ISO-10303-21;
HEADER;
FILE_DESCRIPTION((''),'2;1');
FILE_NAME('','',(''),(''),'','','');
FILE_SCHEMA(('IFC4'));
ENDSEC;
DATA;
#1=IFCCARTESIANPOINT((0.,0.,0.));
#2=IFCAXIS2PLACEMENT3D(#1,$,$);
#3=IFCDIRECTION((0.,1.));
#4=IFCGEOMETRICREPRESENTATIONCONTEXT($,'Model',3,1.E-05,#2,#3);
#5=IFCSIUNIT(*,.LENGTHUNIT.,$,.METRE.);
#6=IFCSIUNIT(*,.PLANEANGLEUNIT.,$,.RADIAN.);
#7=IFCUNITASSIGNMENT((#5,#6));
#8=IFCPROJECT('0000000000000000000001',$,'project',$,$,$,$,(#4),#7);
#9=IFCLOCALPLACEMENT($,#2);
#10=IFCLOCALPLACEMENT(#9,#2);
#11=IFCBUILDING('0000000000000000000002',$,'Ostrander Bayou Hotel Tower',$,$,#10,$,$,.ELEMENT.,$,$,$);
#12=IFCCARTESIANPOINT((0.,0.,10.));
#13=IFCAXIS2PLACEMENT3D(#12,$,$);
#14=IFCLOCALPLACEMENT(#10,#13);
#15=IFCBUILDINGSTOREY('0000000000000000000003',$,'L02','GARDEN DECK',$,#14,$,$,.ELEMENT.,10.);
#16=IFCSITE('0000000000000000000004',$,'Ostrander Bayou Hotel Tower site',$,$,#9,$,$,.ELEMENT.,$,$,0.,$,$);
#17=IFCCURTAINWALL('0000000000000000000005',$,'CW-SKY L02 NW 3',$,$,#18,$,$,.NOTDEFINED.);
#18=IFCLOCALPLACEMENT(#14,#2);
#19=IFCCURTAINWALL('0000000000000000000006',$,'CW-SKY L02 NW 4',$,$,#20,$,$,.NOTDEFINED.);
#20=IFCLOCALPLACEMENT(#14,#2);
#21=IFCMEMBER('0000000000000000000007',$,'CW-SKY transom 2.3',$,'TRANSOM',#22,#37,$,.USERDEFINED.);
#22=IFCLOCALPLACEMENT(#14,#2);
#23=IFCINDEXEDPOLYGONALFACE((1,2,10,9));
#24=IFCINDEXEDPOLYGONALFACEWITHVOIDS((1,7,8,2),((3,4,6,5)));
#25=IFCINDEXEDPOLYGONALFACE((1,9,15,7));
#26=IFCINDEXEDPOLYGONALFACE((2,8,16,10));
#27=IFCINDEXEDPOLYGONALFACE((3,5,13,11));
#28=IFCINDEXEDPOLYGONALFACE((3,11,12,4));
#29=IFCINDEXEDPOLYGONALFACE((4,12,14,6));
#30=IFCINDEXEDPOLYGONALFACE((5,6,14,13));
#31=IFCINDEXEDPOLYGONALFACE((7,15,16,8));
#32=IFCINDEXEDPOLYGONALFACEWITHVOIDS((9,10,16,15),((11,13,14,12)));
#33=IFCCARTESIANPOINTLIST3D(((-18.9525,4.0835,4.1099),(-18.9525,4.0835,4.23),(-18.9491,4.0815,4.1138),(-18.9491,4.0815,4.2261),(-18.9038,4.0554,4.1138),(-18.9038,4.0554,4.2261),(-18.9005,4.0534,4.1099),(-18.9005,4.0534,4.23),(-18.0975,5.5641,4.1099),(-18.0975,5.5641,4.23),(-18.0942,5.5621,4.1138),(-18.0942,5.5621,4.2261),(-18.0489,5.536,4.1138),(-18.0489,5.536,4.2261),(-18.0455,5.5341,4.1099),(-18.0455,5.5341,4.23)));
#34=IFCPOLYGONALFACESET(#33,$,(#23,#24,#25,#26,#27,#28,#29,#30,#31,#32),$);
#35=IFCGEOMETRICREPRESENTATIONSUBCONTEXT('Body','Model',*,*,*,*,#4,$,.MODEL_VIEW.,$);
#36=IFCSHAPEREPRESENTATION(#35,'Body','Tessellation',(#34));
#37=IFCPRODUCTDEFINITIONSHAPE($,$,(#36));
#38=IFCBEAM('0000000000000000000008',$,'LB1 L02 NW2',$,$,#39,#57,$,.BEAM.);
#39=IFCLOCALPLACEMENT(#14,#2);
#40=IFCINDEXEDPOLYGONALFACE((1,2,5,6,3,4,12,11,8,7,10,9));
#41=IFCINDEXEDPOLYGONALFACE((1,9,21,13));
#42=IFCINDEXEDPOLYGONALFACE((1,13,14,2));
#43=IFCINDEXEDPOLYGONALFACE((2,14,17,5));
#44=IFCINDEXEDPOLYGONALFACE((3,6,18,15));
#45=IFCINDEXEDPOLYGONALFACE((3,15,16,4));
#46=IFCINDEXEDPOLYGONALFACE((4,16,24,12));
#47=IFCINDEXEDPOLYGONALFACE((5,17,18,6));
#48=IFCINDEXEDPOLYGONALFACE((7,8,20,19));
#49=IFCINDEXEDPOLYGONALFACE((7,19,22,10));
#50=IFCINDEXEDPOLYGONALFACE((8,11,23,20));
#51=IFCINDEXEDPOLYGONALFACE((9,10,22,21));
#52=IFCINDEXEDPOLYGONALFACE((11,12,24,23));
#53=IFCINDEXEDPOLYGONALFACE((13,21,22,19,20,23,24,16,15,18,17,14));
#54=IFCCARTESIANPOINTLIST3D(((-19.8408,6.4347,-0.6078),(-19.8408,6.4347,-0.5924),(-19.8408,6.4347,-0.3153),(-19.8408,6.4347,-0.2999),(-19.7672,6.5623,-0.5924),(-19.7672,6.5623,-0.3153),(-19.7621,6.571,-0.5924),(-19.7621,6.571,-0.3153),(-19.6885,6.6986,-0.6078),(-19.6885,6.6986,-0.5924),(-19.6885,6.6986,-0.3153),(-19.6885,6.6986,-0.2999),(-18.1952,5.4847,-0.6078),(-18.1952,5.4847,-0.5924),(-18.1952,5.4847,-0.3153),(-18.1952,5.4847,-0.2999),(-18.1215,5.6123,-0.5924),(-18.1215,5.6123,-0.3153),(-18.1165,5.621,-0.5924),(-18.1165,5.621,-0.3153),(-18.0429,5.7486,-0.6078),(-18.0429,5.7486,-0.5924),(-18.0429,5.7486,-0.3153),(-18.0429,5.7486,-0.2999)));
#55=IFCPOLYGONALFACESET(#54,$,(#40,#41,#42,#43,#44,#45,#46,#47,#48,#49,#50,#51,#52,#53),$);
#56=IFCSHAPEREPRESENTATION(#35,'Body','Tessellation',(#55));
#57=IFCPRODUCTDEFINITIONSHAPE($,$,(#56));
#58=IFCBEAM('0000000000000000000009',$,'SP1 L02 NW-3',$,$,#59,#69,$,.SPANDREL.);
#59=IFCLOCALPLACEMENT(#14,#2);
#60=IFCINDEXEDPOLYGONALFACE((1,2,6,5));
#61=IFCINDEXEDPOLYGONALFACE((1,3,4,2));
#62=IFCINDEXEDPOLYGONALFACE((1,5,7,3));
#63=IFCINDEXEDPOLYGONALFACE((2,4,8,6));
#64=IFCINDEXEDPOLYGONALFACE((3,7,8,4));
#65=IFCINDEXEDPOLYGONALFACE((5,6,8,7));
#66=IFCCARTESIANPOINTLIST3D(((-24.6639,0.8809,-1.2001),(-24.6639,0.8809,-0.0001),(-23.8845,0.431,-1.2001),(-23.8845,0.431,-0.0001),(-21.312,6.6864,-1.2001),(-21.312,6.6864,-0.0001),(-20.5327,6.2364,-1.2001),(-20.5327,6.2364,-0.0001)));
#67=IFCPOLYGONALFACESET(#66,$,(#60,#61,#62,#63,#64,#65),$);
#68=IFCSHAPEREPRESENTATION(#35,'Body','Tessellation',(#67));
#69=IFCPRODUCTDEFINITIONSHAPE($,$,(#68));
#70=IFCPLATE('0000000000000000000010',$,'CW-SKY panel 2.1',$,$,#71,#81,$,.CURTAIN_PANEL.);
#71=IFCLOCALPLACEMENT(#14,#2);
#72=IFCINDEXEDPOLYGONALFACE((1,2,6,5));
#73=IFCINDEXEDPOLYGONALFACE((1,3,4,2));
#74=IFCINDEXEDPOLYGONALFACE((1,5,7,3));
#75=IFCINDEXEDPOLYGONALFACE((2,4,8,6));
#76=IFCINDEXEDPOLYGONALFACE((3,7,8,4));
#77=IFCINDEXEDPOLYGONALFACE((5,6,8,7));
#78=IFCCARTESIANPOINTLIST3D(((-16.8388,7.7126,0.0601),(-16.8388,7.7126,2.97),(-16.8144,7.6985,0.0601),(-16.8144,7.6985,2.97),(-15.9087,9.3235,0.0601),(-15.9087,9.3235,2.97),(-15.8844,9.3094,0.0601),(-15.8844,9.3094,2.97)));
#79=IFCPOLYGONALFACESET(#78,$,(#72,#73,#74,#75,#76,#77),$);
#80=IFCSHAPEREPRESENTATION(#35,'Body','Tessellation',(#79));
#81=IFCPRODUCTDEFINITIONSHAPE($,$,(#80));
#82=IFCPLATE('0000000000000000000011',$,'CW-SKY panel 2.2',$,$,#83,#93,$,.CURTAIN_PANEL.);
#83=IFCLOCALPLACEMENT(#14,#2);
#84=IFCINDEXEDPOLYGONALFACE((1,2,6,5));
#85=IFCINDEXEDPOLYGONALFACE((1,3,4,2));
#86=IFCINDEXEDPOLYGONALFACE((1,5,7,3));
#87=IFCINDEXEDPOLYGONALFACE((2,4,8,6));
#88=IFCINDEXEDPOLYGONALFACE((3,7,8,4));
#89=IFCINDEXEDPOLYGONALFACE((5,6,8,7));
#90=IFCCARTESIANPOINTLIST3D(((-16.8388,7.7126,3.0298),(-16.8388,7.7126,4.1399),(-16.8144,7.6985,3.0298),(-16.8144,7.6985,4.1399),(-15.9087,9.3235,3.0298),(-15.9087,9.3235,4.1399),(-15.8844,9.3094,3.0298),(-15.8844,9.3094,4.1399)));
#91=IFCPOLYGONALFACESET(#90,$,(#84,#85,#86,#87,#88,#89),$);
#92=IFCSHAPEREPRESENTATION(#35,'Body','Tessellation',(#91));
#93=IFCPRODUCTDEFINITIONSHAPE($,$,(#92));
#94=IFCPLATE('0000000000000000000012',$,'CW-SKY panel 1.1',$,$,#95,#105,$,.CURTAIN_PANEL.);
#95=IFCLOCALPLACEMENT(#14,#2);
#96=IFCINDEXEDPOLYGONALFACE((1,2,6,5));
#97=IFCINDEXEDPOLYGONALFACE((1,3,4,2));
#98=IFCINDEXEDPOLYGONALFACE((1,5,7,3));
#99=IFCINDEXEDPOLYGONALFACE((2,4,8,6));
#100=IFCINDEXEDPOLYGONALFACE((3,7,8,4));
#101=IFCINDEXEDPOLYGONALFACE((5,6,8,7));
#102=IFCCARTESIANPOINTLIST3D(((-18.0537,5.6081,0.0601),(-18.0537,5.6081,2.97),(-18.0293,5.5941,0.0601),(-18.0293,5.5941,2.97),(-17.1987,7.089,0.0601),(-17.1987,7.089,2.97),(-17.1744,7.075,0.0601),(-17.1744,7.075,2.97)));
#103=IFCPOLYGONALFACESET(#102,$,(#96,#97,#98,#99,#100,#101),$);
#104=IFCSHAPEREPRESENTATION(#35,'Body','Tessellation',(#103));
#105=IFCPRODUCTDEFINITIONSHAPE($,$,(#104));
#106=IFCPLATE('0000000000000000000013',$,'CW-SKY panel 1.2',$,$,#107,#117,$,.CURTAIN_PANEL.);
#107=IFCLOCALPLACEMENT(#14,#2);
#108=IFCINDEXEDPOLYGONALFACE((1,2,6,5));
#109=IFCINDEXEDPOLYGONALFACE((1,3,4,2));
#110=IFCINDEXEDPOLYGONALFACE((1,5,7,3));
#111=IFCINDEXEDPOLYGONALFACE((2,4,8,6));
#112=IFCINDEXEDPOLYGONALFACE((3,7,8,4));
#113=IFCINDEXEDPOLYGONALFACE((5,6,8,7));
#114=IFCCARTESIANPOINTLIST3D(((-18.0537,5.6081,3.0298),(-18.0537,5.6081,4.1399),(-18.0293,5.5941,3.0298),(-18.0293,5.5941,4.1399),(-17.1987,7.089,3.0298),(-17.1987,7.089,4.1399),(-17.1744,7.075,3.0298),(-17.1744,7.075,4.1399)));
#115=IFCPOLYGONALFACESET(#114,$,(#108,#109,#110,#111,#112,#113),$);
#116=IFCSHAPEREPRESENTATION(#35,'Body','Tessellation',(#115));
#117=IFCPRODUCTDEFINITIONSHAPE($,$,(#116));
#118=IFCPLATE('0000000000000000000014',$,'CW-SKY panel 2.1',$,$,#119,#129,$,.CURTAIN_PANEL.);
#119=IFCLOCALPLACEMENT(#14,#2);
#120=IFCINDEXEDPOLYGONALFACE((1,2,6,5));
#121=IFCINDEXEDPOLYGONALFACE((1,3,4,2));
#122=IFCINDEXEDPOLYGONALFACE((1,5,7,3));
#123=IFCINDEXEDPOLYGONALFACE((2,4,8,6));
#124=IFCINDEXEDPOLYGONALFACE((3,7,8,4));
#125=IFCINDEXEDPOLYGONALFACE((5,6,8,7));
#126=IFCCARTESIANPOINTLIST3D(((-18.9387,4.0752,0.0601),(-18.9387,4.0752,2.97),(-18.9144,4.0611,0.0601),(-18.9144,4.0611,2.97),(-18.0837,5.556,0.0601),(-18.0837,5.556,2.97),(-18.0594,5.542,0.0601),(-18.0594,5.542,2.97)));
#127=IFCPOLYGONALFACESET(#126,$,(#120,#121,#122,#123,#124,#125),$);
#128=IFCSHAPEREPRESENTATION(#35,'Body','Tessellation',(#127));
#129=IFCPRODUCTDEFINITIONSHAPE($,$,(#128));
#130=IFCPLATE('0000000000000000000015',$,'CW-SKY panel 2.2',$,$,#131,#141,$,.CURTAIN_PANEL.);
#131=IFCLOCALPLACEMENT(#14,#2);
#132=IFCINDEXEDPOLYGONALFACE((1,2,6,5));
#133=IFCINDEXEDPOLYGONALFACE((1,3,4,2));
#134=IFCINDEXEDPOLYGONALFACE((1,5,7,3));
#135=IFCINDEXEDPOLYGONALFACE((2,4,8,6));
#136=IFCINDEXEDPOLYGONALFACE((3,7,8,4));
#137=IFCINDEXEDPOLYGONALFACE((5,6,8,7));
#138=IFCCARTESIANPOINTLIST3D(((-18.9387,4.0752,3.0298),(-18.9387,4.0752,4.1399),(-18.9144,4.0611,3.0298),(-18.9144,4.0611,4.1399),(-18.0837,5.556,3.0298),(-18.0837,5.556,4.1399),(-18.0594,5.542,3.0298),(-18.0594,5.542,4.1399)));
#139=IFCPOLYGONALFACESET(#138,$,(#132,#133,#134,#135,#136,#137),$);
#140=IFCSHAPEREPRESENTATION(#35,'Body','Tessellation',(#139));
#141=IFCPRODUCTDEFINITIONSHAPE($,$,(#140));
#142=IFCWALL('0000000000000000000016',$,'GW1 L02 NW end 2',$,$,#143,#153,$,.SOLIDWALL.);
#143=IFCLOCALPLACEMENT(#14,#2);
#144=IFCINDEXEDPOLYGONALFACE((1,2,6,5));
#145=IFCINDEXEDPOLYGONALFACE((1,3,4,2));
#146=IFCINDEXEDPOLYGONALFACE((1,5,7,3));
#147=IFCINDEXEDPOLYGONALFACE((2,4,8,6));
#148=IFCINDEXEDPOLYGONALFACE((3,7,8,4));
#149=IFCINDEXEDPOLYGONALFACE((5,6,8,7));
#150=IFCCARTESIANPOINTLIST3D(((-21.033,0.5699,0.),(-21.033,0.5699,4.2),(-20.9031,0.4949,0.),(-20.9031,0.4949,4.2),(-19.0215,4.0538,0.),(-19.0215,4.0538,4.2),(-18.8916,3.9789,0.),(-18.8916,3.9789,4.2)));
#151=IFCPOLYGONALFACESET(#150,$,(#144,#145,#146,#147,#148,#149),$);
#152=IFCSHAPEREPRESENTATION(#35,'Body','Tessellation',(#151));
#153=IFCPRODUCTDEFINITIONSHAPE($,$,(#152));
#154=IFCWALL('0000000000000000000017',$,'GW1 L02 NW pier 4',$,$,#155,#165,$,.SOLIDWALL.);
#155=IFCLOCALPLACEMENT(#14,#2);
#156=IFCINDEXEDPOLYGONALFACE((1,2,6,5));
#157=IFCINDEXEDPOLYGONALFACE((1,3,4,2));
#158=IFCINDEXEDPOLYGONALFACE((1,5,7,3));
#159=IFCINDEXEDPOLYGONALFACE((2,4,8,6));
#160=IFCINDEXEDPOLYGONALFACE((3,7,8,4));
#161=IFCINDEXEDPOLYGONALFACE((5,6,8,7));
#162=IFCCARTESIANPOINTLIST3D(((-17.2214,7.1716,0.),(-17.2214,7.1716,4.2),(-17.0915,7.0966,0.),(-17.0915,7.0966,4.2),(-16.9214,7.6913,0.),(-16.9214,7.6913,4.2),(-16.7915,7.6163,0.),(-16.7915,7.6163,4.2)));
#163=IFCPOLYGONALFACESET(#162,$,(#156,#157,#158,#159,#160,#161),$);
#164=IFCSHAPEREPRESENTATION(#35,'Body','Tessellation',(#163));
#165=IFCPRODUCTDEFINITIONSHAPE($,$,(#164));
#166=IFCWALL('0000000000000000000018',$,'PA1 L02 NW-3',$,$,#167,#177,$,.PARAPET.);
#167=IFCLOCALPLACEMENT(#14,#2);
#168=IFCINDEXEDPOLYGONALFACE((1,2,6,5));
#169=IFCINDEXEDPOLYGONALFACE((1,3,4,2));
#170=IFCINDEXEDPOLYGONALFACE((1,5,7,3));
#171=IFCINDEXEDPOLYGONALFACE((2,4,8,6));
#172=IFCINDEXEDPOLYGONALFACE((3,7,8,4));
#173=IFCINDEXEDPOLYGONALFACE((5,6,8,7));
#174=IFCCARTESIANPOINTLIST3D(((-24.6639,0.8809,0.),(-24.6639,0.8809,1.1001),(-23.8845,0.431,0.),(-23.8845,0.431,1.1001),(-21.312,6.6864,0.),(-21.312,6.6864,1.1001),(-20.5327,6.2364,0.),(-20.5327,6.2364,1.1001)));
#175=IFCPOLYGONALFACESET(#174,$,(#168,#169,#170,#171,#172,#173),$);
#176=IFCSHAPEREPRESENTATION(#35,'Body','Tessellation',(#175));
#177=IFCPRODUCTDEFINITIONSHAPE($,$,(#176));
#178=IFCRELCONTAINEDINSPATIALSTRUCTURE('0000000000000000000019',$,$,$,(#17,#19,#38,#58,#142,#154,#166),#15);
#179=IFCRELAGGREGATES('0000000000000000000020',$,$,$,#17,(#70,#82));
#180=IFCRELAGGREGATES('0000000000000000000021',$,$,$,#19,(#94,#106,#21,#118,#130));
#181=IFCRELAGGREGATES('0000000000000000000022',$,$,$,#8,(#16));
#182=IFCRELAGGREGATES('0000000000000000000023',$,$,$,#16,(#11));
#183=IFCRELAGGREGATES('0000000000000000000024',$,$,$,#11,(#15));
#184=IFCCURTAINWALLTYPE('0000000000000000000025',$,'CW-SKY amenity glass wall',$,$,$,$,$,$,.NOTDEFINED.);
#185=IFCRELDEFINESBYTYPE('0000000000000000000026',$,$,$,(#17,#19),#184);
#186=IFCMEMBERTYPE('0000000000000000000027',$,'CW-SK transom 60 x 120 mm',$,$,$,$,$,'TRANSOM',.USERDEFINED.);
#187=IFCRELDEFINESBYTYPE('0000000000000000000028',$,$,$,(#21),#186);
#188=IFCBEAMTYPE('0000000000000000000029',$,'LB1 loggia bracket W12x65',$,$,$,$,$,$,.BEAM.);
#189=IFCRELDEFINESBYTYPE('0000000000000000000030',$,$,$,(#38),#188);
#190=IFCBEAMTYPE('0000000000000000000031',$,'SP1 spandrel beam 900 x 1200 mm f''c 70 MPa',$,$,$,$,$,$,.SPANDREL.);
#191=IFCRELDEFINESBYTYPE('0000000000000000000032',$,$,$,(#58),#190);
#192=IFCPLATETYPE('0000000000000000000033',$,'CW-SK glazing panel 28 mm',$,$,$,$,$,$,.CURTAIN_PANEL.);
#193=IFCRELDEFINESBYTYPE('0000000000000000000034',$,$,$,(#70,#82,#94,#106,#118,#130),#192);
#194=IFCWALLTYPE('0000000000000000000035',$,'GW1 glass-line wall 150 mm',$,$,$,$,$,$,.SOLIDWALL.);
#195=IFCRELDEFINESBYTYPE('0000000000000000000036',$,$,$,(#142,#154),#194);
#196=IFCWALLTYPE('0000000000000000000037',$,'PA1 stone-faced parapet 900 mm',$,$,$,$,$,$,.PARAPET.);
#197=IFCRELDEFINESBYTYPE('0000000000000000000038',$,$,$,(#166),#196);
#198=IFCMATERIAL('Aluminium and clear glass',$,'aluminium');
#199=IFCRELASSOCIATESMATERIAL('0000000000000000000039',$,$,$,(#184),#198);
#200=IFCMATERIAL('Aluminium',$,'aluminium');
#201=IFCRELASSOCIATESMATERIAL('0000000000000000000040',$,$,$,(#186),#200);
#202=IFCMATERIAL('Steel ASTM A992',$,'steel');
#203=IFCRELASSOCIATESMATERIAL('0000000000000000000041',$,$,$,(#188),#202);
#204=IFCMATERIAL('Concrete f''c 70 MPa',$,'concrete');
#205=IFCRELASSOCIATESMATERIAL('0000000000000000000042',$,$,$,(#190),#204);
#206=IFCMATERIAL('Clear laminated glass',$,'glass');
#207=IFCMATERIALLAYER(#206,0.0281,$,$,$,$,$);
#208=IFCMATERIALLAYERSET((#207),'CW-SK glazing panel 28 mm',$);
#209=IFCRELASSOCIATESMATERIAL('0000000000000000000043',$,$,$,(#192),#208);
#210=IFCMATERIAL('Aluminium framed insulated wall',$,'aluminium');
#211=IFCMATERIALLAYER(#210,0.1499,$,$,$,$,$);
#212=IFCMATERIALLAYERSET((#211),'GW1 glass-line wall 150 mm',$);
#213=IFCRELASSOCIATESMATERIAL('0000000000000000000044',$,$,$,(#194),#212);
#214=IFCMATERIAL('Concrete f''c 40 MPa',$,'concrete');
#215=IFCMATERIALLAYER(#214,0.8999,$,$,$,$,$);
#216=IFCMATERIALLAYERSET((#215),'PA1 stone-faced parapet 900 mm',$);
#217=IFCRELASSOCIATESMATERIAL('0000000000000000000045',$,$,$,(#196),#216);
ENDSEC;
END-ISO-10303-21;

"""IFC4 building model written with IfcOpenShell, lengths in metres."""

from ifc_helpers import new_model, si_unit, direction, frame, frame_2d, origin, origin_2d, place, context, subcontext, project, spatial, rectangle, hollow_rectangle, i_section, extrude, material, layer, layer_set, material_profile, profile_set, type_object, element, aggregate, save


model = new_model("IFC4")

# Units and contexts
model_context = context("Model", 3, precision=1e-05, world=origin(), true_north=direction((0.0, 1.0)))
body_context = subcontext(model_context, "Body", "Model", "MODEL_VIEW")
ifc_project = project(units=[si_unit("LENGTHUNIT", "METRE"), si_unit("PLANEANGLEUNIT", "RADIAN")], contexts=[model_context])

# Site, building, storey
site_placement = place(None, origin())
site = spatial("IfcSite", under=ifc_project, at=site_placement, Name="Ostrander Bayou Hotel Tower site", CompositionType="ELEMENT", RefElevation=0.0)
building_placement = place(site_placement, origin())
building = spatial("IfcBuilding", under=site, at=building_placement, Name="Ostrander Bayou Hotel Tower", CompositionType="ELEMENT")
storey_placement = place(building_placement, frame((0.0, 0.0, 10.0)))
storey = spatial("IfcBuildingStorey", under=building, at=storey_placement, Name="L02", Description="GARDEN DECK", CompositionType="ELEMENT", Elevation=10.0)

# Curtain wall
ifc_material_1 = material(Name="Aluminium and clear glass", Category="aluminium")
curtain_wall_type = type_object("IfcCurtainWallType", Name="CW-SKY amenity glass wall", PredefinedType="NOTDEFINED", material=ifc_material_1)
curtain_wall_1_placement = place(storey_placement, origin())
curtain_wall_1 = element("IfcCurtainWall", 1, at=curtain_wall_1_placement, inside=storey, type_object=curtain_wall_type, Name="CW-SKY L02 NW 3", PredefinedType="NOTDEFINED")

# Curtain wall
curtain_wall_2_placement = place(storey_placement, origin())
curtain_wall_2 = element("IfcCurtainWall", 2, at=curtain_wall_2_placement, inside=storey, type_object=curtain_wall_type, Name="CW-SKY L02 NW 4", PredefinedType="NOTDEFINED")

# Member
ifc_material_2 = material(Name="Aluminium", Category="aluminium")
ifc_material_profile_1 = material_profile(ifc_material_2, hollow_rectangle(XDim=0.0601, YDim=0.1201, WallThickness=0.0039, at=origin_2d()))
ifc_profile_set_1 = profile_set([ifc_material_profile_1], Name="Aluminium")
member_type_1 = type_object("IfcMemberType", Name="CW-SK transom 60 x 120 mm", ElementType="TRANSOM", PredefinedType="USERDEFINED", material=ifc_profile_set_1)
member_1_placement = place(storey_placement, frame((-18.0715, 5.5491, 4.1699), z_axis=(-0.50004, -0.866002, 0.0), x_axis=(0.866002, -0.50004, 0.0)))
member_1 = element("IfcMember", 3, at=member_1_placement, type_object=member_type_1, Name="CW-SKY transom 2.3", ObjectType="TRANSOM", PredefinedType="USERDEFINED", context=body_context, shape_type="SweptSolid", body=[
    extrude(hollow_rectangle(XDim=0.0601, YDim=0.1201, WallThickness=0.0039, at=origin_2d()), origin(), (0.0, 0.0, 1.0), 1.7097),
])

# Beams
ifc_material_3 = material(Name="Steel ASTM A992", Category="steel")
ifc_material_profile_2 = material_profile(ifc_material_3, i_section(OverallWidth=0.3047, OverallDepth=0.3079, WebThickness=0.01, FlangeThickness=0.0154, at=origin_2d()))
ifc_profile_set_2 = profile_set([ifc_material_profile_2], Name="Steel ASTM A992")
beam_type_1 = type_object("IfcBeamType", Name="LB1 loggia bracket W12x65", PredefinedType="BEAM", material=ifc_profile_set_2)
beam_1_placement = place(storey_placement, frame((-19.7646, 6.5667, -0.4539), z_axis=(0.866044, -0.499967, 0.0), x_axis=(0.499967, 0.866044, 0.0)))
element("IfcBeam", 4, at=beam_1_placement, inside=storey, type_object=beam_type_1, Name="LB1 L02 NW2", PredefinedType="BEAM", context=body_context, shape_type="SweptSolid", body=[
    extrude(i_section(OverallWidth=0.3047, OverallDepth=0.3079, WebThickness=0.01, FlangeThickness=0.0154, at=origin_2d()), origin(), (0.0, 0.0, 1.0), 1.9001),
])
ifc_material_4 = material(Name="Concrete f'c 70 MPa", Category="concrete")
ifc_material_profile_3 = material_profile(ifc_material_4, rectangle(XDim=0.8999, YDim=1.2, at=origin_2d()))
ifc_profile_set_3 = profile_set([ifc_material_profile_3], Name="Concrete f'c 70 MPa")
beam_type_2 = type_object("IfcBeamType", Name="SP1 spandrel beam 900 x 1200 mm f'c 70 MPa", PredefinedType="SPANDREL", material=ifc_profile_set_3)
beam_2_placement = place(storey_placement, frame((-20.9224, 6.4614, -0.6001), z_axis=(-0.500005, -0.866022, 0.0), x_axis=(0.866022, -0.500005, 0.0)))
element("IfcBeam", 5, at=beam_2_placement, inside=storey, type_object=beam_type_2, Name="SP1 L02 NW-3", PredefinedType="SPANDREL", context=body_context, shape_type="SweptSolid", body=[
    extrude(rectangle(XDim=0.8999, YDim=1.2, at=origin_2d()), origin(), (0.0, 0.0, 1.0), 6.7036),
])

# Plates
ifc_material_5 = material(Name="Clear laminated glass", Category="glass")
ifc_layer_1 = layer(ifc_material_5, 0.0281)
ifc_layer_set_1 = layer_set([ifc_layer_1], Name="CW-SK glazing panel 28 mm")
plate_type = type_object("IfcPlateType", Name="CW-SK glazing panel 28 mm", PredefinedType="CURTAIN_PANEL", material=ifc_layer_set_1)
plate_1_placement = place(storey_placement, frame((-16.3616, 8.511, 0.0601), z_axis=(0.0, 0.0, 1.0), x_axis=(-0.5, -0.866025, 0.0)))
plate_1 = element("IfcPlate", 6, at=plate_1_placement, type_object=plate_type, Name="CW-SKY panel 2.1", PredefinedType="CURTAIN_PANEL", context=body_context, shape_type="SweptSolid", body=[
    extrude(rectangle(XDim=1.8601, YDim=0.0281, at=origin_2d()), origin(), (0.0, 0.0, 1.0), 2.9099),
])
plate_2_placement = place(storey_placement, frame((-16.3616, 8.511, 3.0298), z_axis=(0.0, 0.0, 1.0), x_axis=(-0.5, -0.866025, 0.0)))
plate_2 = element("IfcPlate", 7, at=plate_2_placement, type_object=plate_type, Name="CW-SKY panel 2.2", PredefinedType="CURTAIN_PANEL", context=body_context, shape_type="SweptSolid", body=[
    extrude(rectangle(XDim=1.8601, YDim=0.0281, at=origin_2d()), origin(), (0.0, 0.0, 1.0), 1.1101),
])
aggregate(curtain_wall_1, [plate_1, plate_2])
plate_3_placement = place(storey_placement, frame((-17.614, 6.3416, 0.0601), z_axis=(0.0, 0.0, 1.0), x_axis=(-0.499999, -0.866026, 0.0)))
plate_3 = element("IfcPlate", 8, at=plate_3_placement, type_object=plate_type, Name="CW-SKY panel 1.1", PredefinedType="CURTAIN_PANEL", context=body_context, shape_type="SweptSolid", body=[
    extrude(rectangle(XDim=1.71, YDim=0.0281, at=origin_2d()), origin(), (0.0, 0.0, 1.0), 2.9099),
])
plate_4_placement = place(storey_placement, frame((-17.614, 6.3416, 3.0298), z_axis=(0.0, 0.0, 1.0), x_axis=(-0.499999, -0.866026, 0.0)))
plate_4 = element("IfcPlate", 9, at=plate_4_placement, type_object=plate_type, Name="CW-SKY panel 1.2", PredefinedType="CURTAIN_PANEL", context=body_context, shape_type="SweptSolid", body=[
    extrude(rectangle(XDim=1.71, YDim=0.0281, at=origin_2d()), origin(), (0.0, 0.0, 1.0), 1.1101),
])
plate_5_placement = place(storey_placement, frame((-18.499, 4.8086, 0.0601), z_axis=(0.0, 0.0, 1.0), x_axis=(-0.499999, -0.866026, 0.0)))
plate_5 = element("IfcPlate", 10, at=plate_5_placement, type_object=plate_type, Name="CW-SKY panel 2.1", PredefinedType="CURTAIN_PANEL", context=body_context, shape_type="SweptSolid", body=[
    extrude(rectangle(XDim=1.71, YDim=0.0281, at=origin_2d()), origin(), (0.0, 0.0, 1.0), 2.9099),
])
plate_6_placement = place(storey_placement, frame((-18.499, 4.8086, 3.0298), z_axis=(0.0, 0.0, 1.0), x_axis=(-0.499999, -0.866026, 0.0)))
plate_6 = element("IfcPlate", 11, at=plate_6_placement, type_object=plate_type, Name="CW-SKY panel 2.2", PredefinedType="CURTAIN_PANEL", context=body_context, shape_type="SweptSolid", body=[
    extrude(rectangle(XDim=1.71, YDim=0.0281, at=origin_2d()), origin(), (0.0, 0.0, 1.0), 1.1101),
])
aggregate(curtain_wall_2, [plate_3, plate_4, member_1, plate_5, plate_6])

# Walls
ifc_material_6 = material(Name="Aluminium framed insulated wall", Category="aluminium")
ifc_layer_2 = layer(ifc_material_6, 0.1499)
ifc_layer_set_2 = layer_set([ifc_layer_2], Name="GW1 glass-line wall 150 mm")
wall_type_1 = type_object("IfcWallType", Name="GW1 glass-line wall 150 mm", PredefinedType="SOLIDWALL", material=ifc_layer_set_2)
wall_1_placement = place(storey_placement, frame((-18.9565, 4.0164, 0.0), z_axis=(0.0, 0.0, 1.0), x_axis=(-0.50001, -0.86602, 0.0)))
element("IfcWall", 12, at=wall_1_placement, inside=storey, type_object=wall_type_1, Name="GW1 L02 NW end 2", PredefinedType="SOLIDWALL", context=body_context, shape_type="SweptSolid", body=[
    extrude(rectangle(XDim=4.0229, YDim=0.1499, at=frame_2d((2.0115, 0.0))), origin(), (0.0, 0.0, 1.0), 4.2),
])
wall_2_placement = place(storey_placement, frame((-16.8564, 7.6538, 0.0), z_axis=(0.0, 0.0, 1.0), x_axis=(-0.499945, -0.866057, 0.0)))
element("IfcWall", 13, at=wall_2_placement, inside=storey, type_object=wall_type_1, Name="GW1 L02 NW pier 4", PredefinedType="SOLIDWALL", context=body_context, shape_type="SweptSolid", body=[
    extrude(rectangle(XDim=0.6001, YDim=0.1499, at=frame_2d((0.3, 0.0))), origin(), (0.0, 0.0, 1.0), 4.2),
])
ifc_material_7 = material(Name="Concrete f'c 40 MPa", Category="concrete")
ifc_layer_3 = layer(ifc_material_7, 0.8999)
ifc_layer_set_3 = layer_set([ifc_layer_3], Name="PA1 stone-faced parapet 900 mm")
wall_type_2 = type_object("IfcWallType", Name="PA1 stone-faced parapet 900 mm", PredefinedType="PARAPET", material=ifc_layer_set_3)
wall_3_placement = place(storey_placement, frame((-20.9224, 6.4614, 0.0), z_axis=(0.0, 0.0, 1.0), x_axis=(-0.500005, -0.866022, 0.0)))
element("IfcWall", 14, at=wall_3_placement, inside=storey, type_object=wall_type_2, Name="PA1 L02 NW-3", PredefinedType="PARAPET", context=body_context, shape_type="SweptSolid", body=[
    extrude(rectangle(XDim=6.7036, YDim=0.8999, at=frame_2d((3.3518, 0.0))), origin(), (0.0, 0.0, 1.0), 1.1001),
])

save(model, "model.ifc")
